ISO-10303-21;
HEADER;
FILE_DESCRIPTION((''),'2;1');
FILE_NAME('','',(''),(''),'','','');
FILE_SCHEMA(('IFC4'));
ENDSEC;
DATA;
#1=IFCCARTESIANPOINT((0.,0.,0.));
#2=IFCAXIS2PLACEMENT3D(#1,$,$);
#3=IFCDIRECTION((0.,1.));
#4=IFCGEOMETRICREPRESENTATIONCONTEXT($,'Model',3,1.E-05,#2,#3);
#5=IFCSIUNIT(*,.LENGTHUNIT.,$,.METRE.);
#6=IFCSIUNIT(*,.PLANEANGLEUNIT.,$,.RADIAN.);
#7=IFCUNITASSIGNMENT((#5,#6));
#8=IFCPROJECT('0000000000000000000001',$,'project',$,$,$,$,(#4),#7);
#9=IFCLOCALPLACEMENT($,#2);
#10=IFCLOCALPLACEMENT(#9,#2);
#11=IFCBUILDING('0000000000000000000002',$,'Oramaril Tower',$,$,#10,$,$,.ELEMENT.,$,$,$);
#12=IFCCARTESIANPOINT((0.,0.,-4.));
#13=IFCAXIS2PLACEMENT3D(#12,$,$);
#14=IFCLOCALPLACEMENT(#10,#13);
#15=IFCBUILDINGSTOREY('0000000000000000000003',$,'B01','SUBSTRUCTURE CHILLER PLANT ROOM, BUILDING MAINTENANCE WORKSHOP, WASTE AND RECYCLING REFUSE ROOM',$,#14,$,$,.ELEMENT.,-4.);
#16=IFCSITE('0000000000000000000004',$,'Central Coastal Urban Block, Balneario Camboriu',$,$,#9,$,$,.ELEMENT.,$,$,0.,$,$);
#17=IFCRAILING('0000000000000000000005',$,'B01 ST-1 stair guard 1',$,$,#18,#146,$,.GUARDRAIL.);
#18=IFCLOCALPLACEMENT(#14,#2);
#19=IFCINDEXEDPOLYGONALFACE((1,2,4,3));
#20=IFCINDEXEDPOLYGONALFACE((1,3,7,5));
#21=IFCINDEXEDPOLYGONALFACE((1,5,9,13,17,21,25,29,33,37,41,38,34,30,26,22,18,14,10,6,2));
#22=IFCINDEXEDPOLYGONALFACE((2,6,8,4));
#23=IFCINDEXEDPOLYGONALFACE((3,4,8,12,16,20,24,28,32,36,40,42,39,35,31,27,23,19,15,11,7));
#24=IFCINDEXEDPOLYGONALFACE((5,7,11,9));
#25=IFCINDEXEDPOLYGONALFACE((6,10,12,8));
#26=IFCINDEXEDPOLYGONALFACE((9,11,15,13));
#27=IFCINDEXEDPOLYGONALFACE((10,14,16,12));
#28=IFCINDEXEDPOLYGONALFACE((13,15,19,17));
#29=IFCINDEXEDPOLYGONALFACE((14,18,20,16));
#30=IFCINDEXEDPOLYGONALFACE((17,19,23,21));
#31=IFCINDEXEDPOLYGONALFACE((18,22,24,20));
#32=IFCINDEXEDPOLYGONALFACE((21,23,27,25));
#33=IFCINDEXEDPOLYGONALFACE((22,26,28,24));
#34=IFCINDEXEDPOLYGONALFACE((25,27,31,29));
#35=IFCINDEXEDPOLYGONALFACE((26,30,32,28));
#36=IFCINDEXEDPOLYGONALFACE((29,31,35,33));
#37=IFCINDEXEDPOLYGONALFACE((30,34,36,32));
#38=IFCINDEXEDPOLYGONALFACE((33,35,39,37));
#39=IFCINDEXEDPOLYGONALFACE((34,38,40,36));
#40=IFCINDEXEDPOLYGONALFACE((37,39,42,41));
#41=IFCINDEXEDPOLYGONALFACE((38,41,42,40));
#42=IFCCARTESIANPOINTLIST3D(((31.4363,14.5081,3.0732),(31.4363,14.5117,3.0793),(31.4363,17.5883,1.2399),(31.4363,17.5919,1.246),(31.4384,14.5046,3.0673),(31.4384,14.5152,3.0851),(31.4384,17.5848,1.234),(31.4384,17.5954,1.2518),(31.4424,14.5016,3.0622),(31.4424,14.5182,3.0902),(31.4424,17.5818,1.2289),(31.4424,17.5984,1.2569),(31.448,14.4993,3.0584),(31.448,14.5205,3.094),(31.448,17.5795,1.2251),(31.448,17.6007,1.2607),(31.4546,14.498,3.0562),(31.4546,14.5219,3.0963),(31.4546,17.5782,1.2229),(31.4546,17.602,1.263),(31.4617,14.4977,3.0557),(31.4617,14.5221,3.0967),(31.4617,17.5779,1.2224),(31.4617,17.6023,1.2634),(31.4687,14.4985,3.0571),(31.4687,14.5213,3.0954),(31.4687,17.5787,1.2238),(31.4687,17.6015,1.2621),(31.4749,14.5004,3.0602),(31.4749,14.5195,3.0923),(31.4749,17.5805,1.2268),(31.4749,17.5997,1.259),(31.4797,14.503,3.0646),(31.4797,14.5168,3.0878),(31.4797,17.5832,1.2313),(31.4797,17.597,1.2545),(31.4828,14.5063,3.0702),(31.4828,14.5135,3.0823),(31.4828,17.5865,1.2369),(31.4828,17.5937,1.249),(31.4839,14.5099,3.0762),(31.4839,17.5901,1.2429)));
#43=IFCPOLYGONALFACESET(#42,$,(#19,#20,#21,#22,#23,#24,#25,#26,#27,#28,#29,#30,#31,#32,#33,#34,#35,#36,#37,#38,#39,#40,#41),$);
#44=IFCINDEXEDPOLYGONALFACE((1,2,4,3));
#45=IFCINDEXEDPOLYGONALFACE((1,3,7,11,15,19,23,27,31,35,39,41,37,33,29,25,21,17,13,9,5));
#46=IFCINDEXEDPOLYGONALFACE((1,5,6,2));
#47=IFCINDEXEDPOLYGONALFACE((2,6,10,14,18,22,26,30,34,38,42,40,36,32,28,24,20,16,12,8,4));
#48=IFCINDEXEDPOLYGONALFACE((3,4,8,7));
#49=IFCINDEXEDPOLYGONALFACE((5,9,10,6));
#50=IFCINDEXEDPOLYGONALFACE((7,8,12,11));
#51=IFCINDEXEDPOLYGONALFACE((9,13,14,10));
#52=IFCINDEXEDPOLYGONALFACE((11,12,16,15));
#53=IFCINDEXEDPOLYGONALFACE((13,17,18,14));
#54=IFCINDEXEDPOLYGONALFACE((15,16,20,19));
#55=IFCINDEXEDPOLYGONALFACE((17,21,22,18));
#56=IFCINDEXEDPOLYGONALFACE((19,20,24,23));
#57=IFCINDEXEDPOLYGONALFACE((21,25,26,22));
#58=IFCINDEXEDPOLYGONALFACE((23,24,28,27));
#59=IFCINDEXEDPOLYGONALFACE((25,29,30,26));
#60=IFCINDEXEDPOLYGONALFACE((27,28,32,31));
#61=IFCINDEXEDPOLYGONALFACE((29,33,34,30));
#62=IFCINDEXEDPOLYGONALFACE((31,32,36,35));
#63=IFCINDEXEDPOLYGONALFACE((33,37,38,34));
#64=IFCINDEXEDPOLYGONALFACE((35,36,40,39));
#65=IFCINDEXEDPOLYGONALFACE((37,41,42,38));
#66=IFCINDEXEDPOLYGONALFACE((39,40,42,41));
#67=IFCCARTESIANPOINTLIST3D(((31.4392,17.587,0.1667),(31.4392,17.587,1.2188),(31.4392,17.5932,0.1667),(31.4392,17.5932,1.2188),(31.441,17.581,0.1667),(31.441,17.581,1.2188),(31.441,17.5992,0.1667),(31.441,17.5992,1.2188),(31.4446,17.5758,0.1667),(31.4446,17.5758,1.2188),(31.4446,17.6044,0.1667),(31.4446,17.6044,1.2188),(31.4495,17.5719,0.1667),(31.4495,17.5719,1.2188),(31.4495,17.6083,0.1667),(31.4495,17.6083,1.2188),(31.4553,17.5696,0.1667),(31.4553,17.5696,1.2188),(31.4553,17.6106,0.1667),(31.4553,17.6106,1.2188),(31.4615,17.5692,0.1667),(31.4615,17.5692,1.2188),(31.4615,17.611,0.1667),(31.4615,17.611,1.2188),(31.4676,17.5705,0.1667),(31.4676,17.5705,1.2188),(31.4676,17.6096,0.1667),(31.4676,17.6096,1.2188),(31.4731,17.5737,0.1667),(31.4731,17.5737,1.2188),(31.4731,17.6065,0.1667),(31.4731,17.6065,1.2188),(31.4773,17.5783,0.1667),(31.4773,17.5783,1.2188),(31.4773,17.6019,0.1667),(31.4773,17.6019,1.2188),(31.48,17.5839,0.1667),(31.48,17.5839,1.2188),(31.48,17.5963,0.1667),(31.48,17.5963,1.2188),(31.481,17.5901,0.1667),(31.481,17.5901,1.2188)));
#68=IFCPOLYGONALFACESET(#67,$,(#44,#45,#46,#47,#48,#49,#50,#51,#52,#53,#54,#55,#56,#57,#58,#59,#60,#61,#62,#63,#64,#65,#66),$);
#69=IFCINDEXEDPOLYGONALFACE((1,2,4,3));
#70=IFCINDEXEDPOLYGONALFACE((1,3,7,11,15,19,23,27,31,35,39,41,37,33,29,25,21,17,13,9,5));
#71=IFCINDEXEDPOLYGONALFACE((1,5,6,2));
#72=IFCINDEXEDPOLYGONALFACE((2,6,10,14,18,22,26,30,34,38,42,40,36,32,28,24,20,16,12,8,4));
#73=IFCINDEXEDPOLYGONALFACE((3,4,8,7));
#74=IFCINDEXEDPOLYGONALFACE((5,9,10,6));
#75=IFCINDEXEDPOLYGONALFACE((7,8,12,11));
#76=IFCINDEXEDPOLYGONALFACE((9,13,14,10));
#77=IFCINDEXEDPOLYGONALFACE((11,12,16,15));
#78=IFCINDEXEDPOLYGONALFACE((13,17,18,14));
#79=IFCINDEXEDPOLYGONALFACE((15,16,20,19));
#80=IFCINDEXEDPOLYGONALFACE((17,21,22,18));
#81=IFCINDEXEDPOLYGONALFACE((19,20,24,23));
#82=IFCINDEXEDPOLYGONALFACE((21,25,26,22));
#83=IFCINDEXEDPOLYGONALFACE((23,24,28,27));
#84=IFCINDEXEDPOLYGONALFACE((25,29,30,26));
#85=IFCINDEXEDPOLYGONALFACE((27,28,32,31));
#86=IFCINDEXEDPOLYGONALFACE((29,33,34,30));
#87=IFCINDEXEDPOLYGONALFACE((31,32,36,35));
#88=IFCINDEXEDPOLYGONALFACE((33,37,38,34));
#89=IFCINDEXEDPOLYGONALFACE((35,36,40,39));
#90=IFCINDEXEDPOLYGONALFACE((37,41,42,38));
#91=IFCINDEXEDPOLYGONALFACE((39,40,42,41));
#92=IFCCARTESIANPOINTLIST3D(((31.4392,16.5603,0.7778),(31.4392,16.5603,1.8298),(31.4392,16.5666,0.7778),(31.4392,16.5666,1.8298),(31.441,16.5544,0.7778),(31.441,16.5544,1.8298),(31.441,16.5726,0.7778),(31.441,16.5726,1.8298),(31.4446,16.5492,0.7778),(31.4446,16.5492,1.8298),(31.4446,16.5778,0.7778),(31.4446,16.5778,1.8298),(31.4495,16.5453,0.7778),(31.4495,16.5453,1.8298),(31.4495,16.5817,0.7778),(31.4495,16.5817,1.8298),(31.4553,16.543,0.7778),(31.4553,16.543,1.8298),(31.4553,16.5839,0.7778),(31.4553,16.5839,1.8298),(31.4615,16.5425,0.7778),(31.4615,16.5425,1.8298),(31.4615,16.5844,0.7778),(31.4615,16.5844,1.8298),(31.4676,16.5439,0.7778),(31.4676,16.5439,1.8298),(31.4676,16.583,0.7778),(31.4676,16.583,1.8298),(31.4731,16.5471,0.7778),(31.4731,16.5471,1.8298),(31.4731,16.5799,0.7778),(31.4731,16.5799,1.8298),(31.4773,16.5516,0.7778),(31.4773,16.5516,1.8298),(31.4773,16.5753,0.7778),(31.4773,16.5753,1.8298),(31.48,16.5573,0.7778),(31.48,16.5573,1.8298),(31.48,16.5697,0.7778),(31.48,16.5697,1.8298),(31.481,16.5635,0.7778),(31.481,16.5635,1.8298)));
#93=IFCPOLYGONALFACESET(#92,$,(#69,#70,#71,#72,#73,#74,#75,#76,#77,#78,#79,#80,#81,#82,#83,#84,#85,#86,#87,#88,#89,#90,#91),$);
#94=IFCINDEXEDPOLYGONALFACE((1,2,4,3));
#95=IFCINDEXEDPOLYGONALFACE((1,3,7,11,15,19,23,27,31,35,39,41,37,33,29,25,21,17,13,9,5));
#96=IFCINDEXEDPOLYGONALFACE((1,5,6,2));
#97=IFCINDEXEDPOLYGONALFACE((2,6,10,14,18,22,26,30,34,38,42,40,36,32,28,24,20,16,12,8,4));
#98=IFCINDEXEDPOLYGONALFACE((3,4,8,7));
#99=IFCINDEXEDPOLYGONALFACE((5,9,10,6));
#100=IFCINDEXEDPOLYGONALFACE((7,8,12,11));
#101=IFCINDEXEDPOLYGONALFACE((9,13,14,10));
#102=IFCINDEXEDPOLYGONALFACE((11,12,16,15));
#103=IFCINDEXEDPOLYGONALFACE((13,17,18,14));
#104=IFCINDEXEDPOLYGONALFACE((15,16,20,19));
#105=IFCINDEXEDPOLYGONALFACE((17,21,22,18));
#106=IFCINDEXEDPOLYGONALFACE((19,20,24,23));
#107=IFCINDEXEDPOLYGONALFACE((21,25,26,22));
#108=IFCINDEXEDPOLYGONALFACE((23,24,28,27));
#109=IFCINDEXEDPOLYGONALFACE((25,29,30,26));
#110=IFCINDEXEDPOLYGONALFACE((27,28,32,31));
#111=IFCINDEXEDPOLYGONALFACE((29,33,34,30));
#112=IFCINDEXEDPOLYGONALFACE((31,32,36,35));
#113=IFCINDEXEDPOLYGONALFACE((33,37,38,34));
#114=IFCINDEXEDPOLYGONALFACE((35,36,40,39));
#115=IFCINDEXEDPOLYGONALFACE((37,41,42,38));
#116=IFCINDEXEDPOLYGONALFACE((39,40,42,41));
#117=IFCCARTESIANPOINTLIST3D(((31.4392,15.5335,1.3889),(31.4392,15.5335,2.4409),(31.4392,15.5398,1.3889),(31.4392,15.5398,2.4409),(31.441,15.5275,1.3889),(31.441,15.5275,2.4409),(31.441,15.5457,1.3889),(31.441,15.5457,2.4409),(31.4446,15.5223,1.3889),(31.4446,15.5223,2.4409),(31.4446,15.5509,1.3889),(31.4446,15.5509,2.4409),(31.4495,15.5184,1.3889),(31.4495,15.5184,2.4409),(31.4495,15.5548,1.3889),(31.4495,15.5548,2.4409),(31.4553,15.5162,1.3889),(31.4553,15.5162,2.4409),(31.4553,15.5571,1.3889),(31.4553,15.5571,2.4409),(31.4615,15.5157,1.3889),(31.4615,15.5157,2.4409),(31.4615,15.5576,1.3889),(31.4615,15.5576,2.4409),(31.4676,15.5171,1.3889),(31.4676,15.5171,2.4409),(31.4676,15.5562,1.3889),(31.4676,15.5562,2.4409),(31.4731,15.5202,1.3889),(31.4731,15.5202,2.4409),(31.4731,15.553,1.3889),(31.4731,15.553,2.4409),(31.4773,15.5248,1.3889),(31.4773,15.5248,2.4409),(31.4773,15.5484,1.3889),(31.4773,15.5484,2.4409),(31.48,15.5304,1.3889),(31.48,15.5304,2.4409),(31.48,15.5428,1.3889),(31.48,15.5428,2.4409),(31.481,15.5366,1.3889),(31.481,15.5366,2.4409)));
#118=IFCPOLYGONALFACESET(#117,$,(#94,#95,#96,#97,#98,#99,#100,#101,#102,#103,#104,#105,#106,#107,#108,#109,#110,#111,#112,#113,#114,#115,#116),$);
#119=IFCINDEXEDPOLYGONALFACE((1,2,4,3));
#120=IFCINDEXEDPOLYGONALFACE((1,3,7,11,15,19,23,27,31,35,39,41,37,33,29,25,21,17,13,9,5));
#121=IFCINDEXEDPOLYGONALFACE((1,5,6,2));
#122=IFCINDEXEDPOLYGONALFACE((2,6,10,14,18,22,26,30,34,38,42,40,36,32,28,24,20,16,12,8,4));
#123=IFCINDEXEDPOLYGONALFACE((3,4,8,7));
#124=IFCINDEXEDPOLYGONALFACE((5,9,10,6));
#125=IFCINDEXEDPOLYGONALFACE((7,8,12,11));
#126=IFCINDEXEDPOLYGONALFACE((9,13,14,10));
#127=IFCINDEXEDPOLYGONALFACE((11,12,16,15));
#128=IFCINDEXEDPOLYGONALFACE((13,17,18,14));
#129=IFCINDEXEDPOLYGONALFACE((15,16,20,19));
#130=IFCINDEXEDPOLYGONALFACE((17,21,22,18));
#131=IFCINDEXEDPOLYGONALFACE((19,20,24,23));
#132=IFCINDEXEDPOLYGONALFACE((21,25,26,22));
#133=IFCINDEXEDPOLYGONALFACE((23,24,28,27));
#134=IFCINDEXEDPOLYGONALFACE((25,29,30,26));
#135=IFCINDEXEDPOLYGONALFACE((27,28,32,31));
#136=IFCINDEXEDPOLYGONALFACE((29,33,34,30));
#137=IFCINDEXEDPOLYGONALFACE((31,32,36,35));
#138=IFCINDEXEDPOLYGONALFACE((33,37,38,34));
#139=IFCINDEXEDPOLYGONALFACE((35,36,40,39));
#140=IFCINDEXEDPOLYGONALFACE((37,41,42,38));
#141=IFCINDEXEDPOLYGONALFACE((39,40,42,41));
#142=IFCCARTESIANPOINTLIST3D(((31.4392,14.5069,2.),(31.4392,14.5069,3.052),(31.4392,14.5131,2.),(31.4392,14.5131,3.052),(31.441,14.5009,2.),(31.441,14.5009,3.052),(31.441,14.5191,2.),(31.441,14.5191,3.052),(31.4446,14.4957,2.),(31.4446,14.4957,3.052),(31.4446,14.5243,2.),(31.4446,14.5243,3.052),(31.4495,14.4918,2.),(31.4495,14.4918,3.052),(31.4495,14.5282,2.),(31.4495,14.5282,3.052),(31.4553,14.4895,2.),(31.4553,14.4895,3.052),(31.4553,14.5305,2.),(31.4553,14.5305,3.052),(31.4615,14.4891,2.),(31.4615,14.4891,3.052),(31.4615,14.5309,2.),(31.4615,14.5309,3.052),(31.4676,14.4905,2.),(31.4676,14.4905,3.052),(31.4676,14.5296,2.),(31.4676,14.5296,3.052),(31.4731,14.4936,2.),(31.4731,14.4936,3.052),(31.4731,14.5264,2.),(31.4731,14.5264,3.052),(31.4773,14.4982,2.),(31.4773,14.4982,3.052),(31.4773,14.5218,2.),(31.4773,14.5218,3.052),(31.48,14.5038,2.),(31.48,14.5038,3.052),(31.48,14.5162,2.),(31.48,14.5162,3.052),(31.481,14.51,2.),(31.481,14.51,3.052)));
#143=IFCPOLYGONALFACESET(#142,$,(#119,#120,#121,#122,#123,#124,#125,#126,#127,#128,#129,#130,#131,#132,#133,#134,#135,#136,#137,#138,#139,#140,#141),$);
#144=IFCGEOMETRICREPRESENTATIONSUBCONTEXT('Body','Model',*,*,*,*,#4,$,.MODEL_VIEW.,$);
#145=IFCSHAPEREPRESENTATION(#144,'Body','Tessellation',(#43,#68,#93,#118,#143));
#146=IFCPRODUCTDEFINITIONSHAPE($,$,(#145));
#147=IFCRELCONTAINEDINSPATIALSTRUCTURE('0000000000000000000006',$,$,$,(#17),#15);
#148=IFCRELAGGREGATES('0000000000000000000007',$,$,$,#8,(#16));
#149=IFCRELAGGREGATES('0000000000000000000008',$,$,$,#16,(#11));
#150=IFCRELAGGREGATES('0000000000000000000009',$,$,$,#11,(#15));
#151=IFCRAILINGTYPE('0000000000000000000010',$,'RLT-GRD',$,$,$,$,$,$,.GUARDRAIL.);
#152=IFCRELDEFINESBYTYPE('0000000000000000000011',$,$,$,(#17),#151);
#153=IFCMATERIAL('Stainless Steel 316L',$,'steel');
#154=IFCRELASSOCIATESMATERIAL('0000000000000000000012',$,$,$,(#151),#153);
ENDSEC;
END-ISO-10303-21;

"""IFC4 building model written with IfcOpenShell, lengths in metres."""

from ifc_helpers import new_model, si_unit, direction, frame, origin, origin_2d, place, context, subcontext, project, spatial, circle, extrude, material, type_object, element, save


model = new_model("IFC4")

# Units and contexts
model_context = context("Model", 3, precision=1e-05, world=origin(), true_north=direction((0.0, 1.0)))
body_context = subcontext(model_context, "Body", "Model", "MODEL_VIEW")
ifc_project = project(units=[si_unit("LENGTHUNIT", "METRE"), si_unit("PLANEANGLEUNIT", "RADIAN")], contexts=[model_context])

# Site, building, storey
site_placement = place(None, origin())
site = spatial("IfcSite", under=ifc_project, at=site_placement, Name="Central Coastal Urban Block, Balneario Camboriu", CompositionType="ELEMENT", RefElevation=0.0)
building_placement = place(site_placement, origin())
building = spatial("IfcBuilding", under=site, at=building_placement, Name="Oramaril Tower", CompositionType="ELEMENT")
storey_placement = place(building_placement, frame((0.0, 0.0, -4.0)))
storey = spatial("IfcBuildingStorey", under=building, at=storey_placement, Name="B01", Description="SUBSTRUCTURE CHILLER PLANT ROOM, BUILDING MAINTENANCE WORKSHOP, WASTE AND RECYCLING REFUSE ROOM", CompositionType="ELEMENT", Elevation=-4.0)

# Railing
ifc_material_1 = material(Name="Stainless Steel 316L", Category="steel")
railing_type_1 = type_object("IfcRailingType", Name="RLT-GRD", PredefinedType="GUARDRAIL", material=ifc_material_1)
railing_1_placement = place(storey_placement, frame((31.46, 17.5901, 0.1667)))
element("IfcRailing", 1, at=railing_1_placement, inside=storey, type_object=railing_type_1, Name="B01 ST-1 stair guard 1", PredefinedType="GUARDRAIL", context=body_context, shape_type="SweptSolid", body=[
    extrude(circle(Radius=0.0239, at=origin_2d()), frame((0.0, 0.0, 1.0762), z_axis=(0.0, -0.859309, 0.511458), x_axis=(1.0, 0.0, 0.0)), (0.0, 0.0, 1.0), 3.5845),
    extrude(circle(Radius=0.021, at=origin_2d()), origin(), (0.0, 0.0, 1.0), 1.052),
    extrude(circle(Radius=0.021, at=origin_2d()), frame((0.0, -1.0266, 0.6111)), (0.0, 0.0, 1.0), 1.052),
    extrude(circle(Radius=0.021, at=origin_2d()), frame((0.0, -2.0535, 1.2222)), (0.0, 0.0, 1.0), 1.052),
    extrude(circle(Radius=0.021, at=origin_2d()), frame((0.0, -3.0801, 1.8333)), (0.0, 0.0, 1.0), 1.052),
])

save(model, "model.ifc")
